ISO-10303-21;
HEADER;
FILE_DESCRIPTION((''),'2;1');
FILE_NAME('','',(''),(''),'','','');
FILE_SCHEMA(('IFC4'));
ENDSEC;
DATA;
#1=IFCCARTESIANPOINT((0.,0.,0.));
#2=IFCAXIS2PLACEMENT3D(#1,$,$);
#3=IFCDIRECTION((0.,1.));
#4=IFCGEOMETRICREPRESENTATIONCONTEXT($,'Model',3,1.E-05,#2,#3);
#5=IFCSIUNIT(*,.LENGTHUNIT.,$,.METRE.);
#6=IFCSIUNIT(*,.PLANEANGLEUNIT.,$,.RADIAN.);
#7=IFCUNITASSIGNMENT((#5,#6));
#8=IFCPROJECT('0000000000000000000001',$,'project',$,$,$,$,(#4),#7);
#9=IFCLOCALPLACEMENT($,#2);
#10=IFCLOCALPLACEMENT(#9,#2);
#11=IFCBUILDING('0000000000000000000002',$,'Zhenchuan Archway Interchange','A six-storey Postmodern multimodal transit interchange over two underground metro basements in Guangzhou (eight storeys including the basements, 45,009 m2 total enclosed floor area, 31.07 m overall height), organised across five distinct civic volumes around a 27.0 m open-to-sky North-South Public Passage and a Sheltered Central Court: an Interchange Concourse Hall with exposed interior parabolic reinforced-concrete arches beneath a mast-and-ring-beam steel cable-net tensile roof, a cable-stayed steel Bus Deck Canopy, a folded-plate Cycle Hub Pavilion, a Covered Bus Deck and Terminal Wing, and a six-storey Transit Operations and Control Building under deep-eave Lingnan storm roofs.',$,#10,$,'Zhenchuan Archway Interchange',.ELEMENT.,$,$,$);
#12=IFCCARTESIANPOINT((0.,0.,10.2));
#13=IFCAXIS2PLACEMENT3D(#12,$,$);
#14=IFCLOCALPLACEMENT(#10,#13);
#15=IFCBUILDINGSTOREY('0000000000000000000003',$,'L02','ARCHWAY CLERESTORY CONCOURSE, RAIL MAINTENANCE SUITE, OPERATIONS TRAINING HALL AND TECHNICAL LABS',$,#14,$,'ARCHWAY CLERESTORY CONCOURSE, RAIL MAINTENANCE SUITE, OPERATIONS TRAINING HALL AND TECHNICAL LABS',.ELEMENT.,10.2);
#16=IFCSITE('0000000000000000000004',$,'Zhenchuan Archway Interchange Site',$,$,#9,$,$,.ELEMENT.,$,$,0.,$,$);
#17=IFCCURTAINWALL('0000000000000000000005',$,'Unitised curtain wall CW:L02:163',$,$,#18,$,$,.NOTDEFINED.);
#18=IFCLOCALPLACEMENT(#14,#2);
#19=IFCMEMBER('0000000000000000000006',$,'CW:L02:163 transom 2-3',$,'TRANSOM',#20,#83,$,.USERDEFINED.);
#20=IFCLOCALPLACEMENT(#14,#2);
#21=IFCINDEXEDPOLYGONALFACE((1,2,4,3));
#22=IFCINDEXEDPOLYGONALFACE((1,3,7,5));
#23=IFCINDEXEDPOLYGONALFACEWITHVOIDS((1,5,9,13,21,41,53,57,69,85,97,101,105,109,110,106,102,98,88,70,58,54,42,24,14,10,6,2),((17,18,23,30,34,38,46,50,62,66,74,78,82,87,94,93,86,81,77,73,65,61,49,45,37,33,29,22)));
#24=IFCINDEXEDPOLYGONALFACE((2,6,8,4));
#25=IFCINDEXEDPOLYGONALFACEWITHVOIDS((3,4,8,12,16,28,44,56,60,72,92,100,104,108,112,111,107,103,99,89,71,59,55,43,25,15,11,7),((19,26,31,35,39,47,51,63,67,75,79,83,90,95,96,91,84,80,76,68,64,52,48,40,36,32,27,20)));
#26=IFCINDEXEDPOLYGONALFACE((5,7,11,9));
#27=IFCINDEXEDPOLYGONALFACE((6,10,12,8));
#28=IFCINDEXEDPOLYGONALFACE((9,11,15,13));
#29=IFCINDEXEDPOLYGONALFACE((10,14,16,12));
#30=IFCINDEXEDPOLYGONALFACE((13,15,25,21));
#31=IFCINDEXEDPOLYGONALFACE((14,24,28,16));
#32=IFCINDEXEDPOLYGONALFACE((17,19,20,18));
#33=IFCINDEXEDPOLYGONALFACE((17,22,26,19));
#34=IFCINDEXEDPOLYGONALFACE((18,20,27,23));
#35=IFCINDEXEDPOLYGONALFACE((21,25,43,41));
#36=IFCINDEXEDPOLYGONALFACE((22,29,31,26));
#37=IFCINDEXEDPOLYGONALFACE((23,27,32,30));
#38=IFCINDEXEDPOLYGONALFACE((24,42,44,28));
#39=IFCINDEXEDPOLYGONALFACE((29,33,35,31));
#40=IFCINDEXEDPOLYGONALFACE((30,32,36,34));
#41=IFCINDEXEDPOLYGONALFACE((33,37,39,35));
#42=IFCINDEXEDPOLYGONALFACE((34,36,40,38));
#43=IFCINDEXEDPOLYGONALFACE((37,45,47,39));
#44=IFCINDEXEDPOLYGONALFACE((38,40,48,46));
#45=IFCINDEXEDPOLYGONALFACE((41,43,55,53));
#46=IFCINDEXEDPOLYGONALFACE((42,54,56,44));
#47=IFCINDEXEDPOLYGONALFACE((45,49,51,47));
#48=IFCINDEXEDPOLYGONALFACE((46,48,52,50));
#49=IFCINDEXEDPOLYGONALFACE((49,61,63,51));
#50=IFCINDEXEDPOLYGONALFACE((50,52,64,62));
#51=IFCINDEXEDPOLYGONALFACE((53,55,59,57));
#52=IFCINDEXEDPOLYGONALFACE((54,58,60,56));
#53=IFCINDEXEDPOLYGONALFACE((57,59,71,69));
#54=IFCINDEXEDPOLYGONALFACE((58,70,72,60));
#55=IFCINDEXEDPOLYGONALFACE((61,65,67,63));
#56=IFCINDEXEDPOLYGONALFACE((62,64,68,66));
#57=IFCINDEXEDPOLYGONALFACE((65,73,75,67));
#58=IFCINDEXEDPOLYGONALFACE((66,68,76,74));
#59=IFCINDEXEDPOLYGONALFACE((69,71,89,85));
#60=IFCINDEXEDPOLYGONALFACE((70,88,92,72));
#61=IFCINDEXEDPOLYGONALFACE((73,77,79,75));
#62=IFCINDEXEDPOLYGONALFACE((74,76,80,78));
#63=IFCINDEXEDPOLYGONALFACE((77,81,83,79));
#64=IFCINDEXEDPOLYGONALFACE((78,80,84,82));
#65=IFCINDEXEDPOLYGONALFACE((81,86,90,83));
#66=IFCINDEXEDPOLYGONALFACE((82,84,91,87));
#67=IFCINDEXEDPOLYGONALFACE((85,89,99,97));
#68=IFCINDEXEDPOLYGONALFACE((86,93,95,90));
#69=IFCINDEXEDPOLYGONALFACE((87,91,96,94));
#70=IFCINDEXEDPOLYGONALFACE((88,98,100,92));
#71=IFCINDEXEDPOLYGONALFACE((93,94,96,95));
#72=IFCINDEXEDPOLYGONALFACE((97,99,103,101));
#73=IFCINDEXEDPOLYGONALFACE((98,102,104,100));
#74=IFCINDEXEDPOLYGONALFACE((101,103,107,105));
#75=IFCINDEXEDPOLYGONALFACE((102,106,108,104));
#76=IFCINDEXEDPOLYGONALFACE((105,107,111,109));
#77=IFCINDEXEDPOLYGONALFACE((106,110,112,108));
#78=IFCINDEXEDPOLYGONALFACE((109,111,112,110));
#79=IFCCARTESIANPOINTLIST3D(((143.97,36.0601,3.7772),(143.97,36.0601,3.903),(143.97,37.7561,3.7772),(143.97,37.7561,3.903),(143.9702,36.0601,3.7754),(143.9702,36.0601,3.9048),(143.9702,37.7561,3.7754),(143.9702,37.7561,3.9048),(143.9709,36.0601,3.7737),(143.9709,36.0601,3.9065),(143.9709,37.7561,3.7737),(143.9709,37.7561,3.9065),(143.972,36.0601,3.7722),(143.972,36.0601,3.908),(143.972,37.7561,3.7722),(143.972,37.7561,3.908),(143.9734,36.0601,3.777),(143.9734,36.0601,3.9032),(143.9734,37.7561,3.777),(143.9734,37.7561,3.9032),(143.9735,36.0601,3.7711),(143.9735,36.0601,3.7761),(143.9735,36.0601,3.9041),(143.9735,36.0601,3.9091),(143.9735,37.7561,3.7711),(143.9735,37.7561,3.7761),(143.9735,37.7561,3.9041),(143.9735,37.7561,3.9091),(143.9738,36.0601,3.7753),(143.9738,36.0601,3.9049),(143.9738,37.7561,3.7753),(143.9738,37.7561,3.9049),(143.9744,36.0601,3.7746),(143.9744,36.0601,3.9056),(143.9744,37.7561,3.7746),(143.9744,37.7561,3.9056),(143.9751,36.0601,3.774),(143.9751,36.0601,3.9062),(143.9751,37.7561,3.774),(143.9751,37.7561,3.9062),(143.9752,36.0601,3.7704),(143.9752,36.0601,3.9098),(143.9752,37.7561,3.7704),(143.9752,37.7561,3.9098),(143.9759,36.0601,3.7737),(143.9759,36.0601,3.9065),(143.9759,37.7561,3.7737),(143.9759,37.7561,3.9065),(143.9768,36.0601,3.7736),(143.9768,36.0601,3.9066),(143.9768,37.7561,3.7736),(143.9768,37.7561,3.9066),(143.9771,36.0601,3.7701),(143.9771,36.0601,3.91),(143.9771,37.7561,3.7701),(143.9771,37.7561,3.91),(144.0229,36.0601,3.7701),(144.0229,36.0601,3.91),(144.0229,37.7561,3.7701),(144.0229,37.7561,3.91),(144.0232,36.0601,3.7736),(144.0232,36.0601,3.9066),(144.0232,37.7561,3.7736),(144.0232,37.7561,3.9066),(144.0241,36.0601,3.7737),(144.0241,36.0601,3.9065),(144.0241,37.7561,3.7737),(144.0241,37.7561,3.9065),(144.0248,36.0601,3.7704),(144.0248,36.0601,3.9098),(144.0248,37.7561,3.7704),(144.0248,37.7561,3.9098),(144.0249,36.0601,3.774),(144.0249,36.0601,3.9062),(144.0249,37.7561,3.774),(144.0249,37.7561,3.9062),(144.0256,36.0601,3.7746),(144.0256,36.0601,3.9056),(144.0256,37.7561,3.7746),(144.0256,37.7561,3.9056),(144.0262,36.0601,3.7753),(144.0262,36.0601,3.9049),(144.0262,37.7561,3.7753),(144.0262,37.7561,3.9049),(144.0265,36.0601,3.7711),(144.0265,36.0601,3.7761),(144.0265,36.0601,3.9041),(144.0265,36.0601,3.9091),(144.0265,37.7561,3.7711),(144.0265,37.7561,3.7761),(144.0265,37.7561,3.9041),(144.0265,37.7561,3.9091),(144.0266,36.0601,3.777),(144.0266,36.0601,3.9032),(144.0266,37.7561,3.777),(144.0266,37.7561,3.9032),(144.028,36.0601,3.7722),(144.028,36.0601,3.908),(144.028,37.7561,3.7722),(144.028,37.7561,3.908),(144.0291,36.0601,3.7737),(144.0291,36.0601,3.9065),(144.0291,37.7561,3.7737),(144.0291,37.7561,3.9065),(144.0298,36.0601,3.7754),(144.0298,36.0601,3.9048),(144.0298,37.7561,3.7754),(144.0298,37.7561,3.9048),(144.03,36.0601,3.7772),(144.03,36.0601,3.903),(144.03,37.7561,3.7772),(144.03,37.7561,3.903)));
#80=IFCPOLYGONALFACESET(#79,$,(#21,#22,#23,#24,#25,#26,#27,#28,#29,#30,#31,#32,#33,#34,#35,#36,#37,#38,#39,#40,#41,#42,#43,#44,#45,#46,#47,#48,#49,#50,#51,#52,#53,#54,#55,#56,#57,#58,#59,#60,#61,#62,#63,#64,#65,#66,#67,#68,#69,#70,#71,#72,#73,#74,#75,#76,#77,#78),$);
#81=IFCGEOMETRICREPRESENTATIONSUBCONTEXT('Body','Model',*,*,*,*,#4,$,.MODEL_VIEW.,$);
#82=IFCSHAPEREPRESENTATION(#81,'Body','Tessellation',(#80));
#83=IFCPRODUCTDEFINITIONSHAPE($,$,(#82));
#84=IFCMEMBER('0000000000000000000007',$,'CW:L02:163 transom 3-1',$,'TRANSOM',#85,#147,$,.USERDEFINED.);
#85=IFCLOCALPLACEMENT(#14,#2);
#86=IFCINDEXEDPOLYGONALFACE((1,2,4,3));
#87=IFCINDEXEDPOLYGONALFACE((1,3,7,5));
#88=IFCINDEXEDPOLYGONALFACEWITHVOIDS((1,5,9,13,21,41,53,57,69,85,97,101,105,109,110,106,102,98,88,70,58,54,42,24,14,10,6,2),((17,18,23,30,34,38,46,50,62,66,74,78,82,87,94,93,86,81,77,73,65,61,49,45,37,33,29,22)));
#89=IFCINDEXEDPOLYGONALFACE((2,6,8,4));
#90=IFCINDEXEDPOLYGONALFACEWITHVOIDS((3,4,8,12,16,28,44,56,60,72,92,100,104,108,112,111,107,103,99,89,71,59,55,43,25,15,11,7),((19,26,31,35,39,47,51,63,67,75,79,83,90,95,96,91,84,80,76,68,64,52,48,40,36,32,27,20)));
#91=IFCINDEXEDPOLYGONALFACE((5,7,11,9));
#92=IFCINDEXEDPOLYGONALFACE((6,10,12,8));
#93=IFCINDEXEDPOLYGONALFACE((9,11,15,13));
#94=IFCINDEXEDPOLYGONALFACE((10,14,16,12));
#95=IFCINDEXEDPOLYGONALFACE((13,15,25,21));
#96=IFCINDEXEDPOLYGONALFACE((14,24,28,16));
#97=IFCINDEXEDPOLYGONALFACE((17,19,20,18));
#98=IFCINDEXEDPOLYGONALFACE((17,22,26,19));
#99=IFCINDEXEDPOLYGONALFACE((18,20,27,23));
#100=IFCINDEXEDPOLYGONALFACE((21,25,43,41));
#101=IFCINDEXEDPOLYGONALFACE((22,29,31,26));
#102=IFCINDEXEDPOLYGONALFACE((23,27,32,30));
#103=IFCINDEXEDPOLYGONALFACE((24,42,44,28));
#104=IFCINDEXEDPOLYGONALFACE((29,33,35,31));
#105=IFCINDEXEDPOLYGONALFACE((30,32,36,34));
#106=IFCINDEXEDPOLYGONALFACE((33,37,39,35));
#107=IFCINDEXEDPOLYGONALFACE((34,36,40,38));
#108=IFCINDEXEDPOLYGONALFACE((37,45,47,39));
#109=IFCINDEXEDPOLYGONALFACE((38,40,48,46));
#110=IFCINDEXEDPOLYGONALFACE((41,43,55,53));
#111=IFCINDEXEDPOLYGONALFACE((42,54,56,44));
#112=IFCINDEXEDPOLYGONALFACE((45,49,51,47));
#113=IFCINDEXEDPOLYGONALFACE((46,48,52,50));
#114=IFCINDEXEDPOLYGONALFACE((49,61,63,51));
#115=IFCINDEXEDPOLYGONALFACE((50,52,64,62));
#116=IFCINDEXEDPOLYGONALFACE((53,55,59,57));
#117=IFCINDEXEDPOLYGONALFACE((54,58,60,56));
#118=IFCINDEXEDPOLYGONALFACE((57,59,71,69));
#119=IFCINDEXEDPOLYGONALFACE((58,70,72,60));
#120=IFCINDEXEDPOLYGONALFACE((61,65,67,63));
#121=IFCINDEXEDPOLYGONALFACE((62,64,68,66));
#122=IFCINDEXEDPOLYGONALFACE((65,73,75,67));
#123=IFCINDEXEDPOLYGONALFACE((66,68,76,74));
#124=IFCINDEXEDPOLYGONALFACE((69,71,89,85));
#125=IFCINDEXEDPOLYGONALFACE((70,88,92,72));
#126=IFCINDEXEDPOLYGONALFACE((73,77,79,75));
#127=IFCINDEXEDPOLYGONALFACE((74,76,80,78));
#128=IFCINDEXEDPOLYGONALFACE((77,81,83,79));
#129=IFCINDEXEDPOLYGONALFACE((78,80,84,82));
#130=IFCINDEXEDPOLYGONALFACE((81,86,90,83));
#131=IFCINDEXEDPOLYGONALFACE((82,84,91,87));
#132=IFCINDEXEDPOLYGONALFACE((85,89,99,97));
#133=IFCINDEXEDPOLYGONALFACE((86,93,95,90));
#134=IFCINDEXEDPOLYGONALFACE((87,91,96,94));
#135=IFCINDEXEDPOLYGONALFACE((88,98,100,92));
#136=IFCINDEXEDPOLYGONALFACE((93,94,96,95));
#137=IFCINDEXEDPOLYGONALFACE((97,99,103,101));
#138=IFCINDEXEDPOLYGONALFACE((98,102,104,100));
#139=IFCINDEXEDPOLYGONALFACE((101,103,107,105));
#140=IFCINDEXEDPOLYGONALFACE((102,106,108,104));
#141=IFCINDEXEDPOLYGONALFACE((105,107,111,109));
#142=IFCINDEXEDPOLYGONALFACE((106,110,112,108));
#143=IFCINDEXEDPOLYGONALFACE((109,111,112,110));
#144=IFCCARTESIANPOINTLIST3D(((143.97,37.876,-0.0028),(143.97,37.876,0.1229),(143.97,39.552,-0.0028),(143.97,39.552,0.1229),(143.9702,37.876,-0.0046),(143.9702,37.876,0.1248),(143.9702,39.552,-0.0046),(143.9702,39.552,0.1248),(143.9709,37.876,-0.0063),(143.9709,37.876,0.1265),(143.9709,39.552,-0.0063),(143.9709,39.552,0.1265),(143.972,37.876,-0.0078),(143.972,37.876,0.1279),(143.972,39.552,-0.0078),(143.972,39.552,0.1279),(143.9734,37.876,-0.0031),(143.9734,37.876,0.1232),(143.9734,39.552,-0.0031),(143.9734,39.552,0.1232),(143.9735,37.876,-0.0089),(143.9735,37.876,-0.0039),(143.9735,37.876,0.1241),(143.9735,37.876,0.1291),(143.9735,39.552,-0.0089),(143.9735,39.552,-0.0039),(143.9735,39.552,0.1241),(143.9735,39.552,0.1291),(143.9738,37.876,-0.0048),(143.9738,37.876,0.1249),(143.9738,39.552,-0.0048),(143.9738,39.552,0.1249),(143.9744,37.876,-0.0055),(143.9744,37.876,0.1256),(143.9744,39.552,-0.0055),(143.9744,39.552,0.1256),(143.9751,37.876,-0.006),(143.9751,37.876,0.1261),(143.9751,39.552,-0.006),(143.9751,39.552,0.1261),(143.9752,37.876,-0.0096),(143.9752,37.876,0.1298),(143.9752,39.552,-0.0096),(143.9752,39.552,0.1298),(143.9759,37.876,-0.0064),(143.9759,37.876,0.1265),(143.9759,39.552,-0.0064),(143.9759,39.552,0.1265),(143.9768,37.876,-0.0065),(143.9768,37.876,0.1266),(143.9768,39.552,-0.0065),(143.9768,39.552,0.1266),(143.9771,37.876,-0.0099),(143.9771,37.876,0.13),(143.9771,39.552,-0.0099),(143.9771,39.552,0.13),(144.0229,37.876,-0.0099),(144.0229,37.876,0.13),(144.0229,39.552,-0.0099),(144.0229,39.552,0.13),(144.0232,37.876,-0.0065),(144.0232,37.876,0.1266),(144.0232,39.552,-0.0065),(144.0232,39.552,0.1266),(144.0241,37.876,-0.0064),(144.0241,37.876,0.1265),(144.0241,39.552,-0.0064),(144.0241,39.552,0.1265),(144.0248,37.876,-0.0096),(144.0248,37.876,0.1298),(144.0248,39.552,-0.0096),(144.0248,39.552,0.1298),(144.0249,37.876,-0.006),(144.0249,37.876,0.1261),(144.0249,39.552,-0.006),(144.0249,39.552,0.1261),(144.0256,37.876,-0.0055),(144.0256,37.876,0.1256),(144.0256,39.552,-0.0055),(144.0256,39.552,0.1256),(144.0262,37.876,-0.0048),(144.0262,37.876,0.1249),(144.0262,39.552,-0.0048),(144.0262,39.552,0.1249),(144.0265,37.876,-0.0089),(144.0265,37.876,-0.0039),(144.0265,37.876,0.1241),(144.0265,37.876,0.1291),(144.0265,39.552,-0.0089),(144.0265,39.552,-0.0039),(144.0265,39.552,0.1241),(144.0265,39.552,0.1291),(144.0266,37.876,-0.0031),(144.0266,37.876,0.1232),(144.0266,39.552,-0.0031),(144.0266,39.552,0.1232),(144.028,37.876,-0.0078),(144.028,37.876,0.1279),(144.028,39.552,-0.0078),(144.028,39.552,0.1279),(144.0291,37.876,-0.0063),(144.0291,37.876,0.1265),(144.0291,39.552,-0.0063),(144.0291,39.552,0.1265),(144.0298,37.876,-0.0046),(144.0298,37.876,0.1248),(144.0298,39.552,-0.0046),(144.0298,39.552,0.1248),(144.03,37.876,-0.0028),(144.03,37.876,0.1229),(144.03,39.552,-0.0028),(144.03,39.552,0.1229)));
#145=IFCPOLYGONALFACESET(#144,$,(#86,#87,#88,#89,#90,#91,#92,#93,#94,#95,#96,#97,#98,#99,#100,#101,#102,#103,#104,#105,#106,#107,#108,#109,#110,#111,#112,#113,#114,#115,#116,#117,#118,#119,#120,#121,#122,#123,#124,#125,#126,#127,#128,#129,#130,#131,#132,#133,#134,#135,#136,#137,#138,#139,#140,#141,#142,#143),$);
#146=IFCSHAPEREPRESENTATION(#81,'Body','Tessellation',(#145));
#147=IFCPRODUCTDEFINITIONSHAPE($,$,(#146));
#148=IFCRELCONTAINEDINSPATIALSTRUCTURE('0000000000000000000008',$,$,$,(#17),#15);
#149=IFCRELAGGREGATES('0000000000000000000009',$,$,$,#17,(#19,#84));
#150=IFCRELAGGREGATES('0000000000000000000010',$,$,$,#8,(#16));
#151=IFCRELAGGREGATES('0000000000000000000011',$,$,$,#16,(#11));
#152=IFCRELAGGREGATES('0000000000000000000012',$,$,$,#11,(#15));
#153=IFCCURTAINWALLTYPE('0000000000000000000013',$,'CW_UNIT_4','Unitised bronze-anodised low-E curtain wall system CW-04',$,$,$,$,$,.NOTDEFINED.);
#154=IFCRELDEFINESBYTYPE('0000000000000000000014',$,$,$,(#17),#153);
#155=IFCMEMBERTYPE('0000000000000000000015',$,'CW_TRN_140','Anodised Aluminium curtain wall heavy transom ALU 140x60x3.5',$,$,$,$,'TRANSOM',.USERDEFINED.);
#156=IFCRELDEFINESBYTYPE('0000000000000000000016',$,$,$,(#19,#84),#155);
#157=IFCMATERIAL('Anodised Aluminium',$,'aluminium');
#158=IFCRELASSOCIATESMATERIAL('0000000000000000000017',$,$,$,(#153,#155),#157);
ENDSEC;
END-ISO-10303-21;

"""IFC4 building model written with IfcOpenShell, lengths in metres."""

from ifc_helpers import new_model, si_unit, direction, frame, origin, origin_2d, place, context, subcontext, project, spatial, hollow_rectangle, extrude, material, material_profile, profile_set, type_object, element, aggregate, save


model = new_model("IFC4")

# Units and contexts
model_context = context("Model", 3, precision=1e-05, world=origin(), true_north=direction((0.0, 1.0)))
body_context = subcontext(model_context, "Body", "Model", "MODEL_VIEW")
ifc_project = project(units=[si_unit("LENGTHUNIT", "METRE"), si_unit("PLANEANGLEUNIT", "RADIAN")], contexts=[model_context])

# Site, building, storey
site_placement = place(None, origin())
site = spatial("IfcSite", under=ifc_project, at=site_placement, Name="Zhenchuan Archway Interchange Site", CompositionType="ELEMENT", RefElevation=0.0)
building_placement = place(site_placement, origin())
building = spatial("IfcBuilding", under=site, at=building_placement, Name="Zhenchuan Archway Interchange", Description="A six-storey Postmodern multimodal transit interchange over two underground metro basements in Guangzhou (eight storeys including the basements, 45,009 m2 total enclosed floor area, 31.07 m overall height), organised across five distinct civic volumes around a 27.0 m open-to-sky North-South Public Passage and a Sheltered Central Court: an Interchange Concourse Hall with exposed interior parabolic reinforced-concrete arches beneath a mast-and-ring-beam steel cable-net tensile roof, a cable-stayed steel Bus Deck Canopy, a folded-plate Cycle Hub Pavilion, a Covered Bus Deck and Terminal Wing, and a six-storey Transit Operations and Control Building under deep-eave Lingnan storm roofs.", LongName="Zhenchuan Archway Interchange", CompositionType="ELEMENT")
storey_placement = place(building_placement, frame((0.0, 0.0, 10.2)))
storey = spatial("IfcBuildingStorey", under=building, at=storey_placement, Name="L02", Description="ARCHWAY CLERESTORY CONCOURSE, RAIL MAINTENANCE SUITE, OPERATIONS TRAINING HALL AND TECHNICAL LABS", LongName="ARCHWAY CLERESTORY CONCOURSE, RAIL MAINTENANCE SUITE, OPERATIONS TRAINING HALL AND TECHNICAL LABS", CompositionType="ELEMENT", Elevation=10.2)

# Curtain wall, members
ifc_material_1 = material(Name="Anodised Aluminium", Category="aluminium")
curtain_wall_type = type_object("IfcCurtainWallType", Name="CW_UNIT_4", Description="Unitised bronze-anodised low-E curtain wall system CW-04", PredefinedType="NOTDEFINED", material=ifc_material_1)
curtain_wall_placement = place(storey_placement, origin())
curtain_wall = element("IfcCurtainWall", 1, at=curtain_wall_placement, inside=storey, type_object=curtain_wall_type, Name="Unitised curtain wall CW:L02:163", PredefinedType="NOTDEFINED")
ifc_material_profile_1 = material_profile(ifc_material_1, hollow_rectangle(XDim=0.0601, YDim=0.1399, WallThickness=0.0034, InnerFilletRadius=0.0034, OuterFilletRadius=0.0071, at=origin_2d()), Name="ALU 140x60x3.5")
ifc_profile_set_1 = profile_set([ifc_material_profile_1], Name="Anodised Aluminium")
member_type_1 = type_object("IfcMemberType", Name="CW_TRN_140", Description="Anodised Aluminium curtain wall heavy transom ALU 140x60x3.5", ElementType="TRANSOM", PredefinedType="USERDEFINED", material=ifc_profile_set_1)
member_1_placement = place(storey_placement, frame((144.0, 36.0601, 3.8401), z_axis=(0.0, 1.0, 0.0), x_axis=(-1.0, 0.0, 0.0)))
member_1 = element("IfcMember", 2, at=member_1_placement, type_object=member_type_1, Name="CW:L02:163 transom 2-3", ObjectType="TRANSOM", PredefinedType="USERDEFINED", context=body_context, shape_type="SweptSolid", body=[
    extrude(hollow_rectangle(XDim=0.0601, YDim=0.1399, WallThickness=0.0034, InnerFilletRadius=0.0034, OuterFilletRadius=0.0071, at=origin_2d()), origin(), (0.0, 0.0, 1.0), 1.696),
])
member_2_placement = place(storey_placement, frame((144.0, 37.876, 0.0601), z_axis=(0.0, 1.0, 0.0), x_axis=(-1.0, 0.0, 0.0)))
member_2 = element("IfcMember", 3, at=member_2_placement, type_object=member_type_1, Name="CW:L02:163 transom 3-1", ObjectType="TRANSOM", PredefinedType="USERDEFINED", context=body_context, shape_type="SweptSolid", body=[
    extrude(hollow_rectangle(XDim=0.0601, YDim=0.1399, WallThickness=0.0034, InnerFilletRadius=0.0034, OuterFilletRadius=0.0071, at=origin_2d()), origin(), (0.0, 0.0, 1.0), 1.676),
])

aggregate(curtain_wall, [member_1, member_2])

save(model, "model.ifc")
